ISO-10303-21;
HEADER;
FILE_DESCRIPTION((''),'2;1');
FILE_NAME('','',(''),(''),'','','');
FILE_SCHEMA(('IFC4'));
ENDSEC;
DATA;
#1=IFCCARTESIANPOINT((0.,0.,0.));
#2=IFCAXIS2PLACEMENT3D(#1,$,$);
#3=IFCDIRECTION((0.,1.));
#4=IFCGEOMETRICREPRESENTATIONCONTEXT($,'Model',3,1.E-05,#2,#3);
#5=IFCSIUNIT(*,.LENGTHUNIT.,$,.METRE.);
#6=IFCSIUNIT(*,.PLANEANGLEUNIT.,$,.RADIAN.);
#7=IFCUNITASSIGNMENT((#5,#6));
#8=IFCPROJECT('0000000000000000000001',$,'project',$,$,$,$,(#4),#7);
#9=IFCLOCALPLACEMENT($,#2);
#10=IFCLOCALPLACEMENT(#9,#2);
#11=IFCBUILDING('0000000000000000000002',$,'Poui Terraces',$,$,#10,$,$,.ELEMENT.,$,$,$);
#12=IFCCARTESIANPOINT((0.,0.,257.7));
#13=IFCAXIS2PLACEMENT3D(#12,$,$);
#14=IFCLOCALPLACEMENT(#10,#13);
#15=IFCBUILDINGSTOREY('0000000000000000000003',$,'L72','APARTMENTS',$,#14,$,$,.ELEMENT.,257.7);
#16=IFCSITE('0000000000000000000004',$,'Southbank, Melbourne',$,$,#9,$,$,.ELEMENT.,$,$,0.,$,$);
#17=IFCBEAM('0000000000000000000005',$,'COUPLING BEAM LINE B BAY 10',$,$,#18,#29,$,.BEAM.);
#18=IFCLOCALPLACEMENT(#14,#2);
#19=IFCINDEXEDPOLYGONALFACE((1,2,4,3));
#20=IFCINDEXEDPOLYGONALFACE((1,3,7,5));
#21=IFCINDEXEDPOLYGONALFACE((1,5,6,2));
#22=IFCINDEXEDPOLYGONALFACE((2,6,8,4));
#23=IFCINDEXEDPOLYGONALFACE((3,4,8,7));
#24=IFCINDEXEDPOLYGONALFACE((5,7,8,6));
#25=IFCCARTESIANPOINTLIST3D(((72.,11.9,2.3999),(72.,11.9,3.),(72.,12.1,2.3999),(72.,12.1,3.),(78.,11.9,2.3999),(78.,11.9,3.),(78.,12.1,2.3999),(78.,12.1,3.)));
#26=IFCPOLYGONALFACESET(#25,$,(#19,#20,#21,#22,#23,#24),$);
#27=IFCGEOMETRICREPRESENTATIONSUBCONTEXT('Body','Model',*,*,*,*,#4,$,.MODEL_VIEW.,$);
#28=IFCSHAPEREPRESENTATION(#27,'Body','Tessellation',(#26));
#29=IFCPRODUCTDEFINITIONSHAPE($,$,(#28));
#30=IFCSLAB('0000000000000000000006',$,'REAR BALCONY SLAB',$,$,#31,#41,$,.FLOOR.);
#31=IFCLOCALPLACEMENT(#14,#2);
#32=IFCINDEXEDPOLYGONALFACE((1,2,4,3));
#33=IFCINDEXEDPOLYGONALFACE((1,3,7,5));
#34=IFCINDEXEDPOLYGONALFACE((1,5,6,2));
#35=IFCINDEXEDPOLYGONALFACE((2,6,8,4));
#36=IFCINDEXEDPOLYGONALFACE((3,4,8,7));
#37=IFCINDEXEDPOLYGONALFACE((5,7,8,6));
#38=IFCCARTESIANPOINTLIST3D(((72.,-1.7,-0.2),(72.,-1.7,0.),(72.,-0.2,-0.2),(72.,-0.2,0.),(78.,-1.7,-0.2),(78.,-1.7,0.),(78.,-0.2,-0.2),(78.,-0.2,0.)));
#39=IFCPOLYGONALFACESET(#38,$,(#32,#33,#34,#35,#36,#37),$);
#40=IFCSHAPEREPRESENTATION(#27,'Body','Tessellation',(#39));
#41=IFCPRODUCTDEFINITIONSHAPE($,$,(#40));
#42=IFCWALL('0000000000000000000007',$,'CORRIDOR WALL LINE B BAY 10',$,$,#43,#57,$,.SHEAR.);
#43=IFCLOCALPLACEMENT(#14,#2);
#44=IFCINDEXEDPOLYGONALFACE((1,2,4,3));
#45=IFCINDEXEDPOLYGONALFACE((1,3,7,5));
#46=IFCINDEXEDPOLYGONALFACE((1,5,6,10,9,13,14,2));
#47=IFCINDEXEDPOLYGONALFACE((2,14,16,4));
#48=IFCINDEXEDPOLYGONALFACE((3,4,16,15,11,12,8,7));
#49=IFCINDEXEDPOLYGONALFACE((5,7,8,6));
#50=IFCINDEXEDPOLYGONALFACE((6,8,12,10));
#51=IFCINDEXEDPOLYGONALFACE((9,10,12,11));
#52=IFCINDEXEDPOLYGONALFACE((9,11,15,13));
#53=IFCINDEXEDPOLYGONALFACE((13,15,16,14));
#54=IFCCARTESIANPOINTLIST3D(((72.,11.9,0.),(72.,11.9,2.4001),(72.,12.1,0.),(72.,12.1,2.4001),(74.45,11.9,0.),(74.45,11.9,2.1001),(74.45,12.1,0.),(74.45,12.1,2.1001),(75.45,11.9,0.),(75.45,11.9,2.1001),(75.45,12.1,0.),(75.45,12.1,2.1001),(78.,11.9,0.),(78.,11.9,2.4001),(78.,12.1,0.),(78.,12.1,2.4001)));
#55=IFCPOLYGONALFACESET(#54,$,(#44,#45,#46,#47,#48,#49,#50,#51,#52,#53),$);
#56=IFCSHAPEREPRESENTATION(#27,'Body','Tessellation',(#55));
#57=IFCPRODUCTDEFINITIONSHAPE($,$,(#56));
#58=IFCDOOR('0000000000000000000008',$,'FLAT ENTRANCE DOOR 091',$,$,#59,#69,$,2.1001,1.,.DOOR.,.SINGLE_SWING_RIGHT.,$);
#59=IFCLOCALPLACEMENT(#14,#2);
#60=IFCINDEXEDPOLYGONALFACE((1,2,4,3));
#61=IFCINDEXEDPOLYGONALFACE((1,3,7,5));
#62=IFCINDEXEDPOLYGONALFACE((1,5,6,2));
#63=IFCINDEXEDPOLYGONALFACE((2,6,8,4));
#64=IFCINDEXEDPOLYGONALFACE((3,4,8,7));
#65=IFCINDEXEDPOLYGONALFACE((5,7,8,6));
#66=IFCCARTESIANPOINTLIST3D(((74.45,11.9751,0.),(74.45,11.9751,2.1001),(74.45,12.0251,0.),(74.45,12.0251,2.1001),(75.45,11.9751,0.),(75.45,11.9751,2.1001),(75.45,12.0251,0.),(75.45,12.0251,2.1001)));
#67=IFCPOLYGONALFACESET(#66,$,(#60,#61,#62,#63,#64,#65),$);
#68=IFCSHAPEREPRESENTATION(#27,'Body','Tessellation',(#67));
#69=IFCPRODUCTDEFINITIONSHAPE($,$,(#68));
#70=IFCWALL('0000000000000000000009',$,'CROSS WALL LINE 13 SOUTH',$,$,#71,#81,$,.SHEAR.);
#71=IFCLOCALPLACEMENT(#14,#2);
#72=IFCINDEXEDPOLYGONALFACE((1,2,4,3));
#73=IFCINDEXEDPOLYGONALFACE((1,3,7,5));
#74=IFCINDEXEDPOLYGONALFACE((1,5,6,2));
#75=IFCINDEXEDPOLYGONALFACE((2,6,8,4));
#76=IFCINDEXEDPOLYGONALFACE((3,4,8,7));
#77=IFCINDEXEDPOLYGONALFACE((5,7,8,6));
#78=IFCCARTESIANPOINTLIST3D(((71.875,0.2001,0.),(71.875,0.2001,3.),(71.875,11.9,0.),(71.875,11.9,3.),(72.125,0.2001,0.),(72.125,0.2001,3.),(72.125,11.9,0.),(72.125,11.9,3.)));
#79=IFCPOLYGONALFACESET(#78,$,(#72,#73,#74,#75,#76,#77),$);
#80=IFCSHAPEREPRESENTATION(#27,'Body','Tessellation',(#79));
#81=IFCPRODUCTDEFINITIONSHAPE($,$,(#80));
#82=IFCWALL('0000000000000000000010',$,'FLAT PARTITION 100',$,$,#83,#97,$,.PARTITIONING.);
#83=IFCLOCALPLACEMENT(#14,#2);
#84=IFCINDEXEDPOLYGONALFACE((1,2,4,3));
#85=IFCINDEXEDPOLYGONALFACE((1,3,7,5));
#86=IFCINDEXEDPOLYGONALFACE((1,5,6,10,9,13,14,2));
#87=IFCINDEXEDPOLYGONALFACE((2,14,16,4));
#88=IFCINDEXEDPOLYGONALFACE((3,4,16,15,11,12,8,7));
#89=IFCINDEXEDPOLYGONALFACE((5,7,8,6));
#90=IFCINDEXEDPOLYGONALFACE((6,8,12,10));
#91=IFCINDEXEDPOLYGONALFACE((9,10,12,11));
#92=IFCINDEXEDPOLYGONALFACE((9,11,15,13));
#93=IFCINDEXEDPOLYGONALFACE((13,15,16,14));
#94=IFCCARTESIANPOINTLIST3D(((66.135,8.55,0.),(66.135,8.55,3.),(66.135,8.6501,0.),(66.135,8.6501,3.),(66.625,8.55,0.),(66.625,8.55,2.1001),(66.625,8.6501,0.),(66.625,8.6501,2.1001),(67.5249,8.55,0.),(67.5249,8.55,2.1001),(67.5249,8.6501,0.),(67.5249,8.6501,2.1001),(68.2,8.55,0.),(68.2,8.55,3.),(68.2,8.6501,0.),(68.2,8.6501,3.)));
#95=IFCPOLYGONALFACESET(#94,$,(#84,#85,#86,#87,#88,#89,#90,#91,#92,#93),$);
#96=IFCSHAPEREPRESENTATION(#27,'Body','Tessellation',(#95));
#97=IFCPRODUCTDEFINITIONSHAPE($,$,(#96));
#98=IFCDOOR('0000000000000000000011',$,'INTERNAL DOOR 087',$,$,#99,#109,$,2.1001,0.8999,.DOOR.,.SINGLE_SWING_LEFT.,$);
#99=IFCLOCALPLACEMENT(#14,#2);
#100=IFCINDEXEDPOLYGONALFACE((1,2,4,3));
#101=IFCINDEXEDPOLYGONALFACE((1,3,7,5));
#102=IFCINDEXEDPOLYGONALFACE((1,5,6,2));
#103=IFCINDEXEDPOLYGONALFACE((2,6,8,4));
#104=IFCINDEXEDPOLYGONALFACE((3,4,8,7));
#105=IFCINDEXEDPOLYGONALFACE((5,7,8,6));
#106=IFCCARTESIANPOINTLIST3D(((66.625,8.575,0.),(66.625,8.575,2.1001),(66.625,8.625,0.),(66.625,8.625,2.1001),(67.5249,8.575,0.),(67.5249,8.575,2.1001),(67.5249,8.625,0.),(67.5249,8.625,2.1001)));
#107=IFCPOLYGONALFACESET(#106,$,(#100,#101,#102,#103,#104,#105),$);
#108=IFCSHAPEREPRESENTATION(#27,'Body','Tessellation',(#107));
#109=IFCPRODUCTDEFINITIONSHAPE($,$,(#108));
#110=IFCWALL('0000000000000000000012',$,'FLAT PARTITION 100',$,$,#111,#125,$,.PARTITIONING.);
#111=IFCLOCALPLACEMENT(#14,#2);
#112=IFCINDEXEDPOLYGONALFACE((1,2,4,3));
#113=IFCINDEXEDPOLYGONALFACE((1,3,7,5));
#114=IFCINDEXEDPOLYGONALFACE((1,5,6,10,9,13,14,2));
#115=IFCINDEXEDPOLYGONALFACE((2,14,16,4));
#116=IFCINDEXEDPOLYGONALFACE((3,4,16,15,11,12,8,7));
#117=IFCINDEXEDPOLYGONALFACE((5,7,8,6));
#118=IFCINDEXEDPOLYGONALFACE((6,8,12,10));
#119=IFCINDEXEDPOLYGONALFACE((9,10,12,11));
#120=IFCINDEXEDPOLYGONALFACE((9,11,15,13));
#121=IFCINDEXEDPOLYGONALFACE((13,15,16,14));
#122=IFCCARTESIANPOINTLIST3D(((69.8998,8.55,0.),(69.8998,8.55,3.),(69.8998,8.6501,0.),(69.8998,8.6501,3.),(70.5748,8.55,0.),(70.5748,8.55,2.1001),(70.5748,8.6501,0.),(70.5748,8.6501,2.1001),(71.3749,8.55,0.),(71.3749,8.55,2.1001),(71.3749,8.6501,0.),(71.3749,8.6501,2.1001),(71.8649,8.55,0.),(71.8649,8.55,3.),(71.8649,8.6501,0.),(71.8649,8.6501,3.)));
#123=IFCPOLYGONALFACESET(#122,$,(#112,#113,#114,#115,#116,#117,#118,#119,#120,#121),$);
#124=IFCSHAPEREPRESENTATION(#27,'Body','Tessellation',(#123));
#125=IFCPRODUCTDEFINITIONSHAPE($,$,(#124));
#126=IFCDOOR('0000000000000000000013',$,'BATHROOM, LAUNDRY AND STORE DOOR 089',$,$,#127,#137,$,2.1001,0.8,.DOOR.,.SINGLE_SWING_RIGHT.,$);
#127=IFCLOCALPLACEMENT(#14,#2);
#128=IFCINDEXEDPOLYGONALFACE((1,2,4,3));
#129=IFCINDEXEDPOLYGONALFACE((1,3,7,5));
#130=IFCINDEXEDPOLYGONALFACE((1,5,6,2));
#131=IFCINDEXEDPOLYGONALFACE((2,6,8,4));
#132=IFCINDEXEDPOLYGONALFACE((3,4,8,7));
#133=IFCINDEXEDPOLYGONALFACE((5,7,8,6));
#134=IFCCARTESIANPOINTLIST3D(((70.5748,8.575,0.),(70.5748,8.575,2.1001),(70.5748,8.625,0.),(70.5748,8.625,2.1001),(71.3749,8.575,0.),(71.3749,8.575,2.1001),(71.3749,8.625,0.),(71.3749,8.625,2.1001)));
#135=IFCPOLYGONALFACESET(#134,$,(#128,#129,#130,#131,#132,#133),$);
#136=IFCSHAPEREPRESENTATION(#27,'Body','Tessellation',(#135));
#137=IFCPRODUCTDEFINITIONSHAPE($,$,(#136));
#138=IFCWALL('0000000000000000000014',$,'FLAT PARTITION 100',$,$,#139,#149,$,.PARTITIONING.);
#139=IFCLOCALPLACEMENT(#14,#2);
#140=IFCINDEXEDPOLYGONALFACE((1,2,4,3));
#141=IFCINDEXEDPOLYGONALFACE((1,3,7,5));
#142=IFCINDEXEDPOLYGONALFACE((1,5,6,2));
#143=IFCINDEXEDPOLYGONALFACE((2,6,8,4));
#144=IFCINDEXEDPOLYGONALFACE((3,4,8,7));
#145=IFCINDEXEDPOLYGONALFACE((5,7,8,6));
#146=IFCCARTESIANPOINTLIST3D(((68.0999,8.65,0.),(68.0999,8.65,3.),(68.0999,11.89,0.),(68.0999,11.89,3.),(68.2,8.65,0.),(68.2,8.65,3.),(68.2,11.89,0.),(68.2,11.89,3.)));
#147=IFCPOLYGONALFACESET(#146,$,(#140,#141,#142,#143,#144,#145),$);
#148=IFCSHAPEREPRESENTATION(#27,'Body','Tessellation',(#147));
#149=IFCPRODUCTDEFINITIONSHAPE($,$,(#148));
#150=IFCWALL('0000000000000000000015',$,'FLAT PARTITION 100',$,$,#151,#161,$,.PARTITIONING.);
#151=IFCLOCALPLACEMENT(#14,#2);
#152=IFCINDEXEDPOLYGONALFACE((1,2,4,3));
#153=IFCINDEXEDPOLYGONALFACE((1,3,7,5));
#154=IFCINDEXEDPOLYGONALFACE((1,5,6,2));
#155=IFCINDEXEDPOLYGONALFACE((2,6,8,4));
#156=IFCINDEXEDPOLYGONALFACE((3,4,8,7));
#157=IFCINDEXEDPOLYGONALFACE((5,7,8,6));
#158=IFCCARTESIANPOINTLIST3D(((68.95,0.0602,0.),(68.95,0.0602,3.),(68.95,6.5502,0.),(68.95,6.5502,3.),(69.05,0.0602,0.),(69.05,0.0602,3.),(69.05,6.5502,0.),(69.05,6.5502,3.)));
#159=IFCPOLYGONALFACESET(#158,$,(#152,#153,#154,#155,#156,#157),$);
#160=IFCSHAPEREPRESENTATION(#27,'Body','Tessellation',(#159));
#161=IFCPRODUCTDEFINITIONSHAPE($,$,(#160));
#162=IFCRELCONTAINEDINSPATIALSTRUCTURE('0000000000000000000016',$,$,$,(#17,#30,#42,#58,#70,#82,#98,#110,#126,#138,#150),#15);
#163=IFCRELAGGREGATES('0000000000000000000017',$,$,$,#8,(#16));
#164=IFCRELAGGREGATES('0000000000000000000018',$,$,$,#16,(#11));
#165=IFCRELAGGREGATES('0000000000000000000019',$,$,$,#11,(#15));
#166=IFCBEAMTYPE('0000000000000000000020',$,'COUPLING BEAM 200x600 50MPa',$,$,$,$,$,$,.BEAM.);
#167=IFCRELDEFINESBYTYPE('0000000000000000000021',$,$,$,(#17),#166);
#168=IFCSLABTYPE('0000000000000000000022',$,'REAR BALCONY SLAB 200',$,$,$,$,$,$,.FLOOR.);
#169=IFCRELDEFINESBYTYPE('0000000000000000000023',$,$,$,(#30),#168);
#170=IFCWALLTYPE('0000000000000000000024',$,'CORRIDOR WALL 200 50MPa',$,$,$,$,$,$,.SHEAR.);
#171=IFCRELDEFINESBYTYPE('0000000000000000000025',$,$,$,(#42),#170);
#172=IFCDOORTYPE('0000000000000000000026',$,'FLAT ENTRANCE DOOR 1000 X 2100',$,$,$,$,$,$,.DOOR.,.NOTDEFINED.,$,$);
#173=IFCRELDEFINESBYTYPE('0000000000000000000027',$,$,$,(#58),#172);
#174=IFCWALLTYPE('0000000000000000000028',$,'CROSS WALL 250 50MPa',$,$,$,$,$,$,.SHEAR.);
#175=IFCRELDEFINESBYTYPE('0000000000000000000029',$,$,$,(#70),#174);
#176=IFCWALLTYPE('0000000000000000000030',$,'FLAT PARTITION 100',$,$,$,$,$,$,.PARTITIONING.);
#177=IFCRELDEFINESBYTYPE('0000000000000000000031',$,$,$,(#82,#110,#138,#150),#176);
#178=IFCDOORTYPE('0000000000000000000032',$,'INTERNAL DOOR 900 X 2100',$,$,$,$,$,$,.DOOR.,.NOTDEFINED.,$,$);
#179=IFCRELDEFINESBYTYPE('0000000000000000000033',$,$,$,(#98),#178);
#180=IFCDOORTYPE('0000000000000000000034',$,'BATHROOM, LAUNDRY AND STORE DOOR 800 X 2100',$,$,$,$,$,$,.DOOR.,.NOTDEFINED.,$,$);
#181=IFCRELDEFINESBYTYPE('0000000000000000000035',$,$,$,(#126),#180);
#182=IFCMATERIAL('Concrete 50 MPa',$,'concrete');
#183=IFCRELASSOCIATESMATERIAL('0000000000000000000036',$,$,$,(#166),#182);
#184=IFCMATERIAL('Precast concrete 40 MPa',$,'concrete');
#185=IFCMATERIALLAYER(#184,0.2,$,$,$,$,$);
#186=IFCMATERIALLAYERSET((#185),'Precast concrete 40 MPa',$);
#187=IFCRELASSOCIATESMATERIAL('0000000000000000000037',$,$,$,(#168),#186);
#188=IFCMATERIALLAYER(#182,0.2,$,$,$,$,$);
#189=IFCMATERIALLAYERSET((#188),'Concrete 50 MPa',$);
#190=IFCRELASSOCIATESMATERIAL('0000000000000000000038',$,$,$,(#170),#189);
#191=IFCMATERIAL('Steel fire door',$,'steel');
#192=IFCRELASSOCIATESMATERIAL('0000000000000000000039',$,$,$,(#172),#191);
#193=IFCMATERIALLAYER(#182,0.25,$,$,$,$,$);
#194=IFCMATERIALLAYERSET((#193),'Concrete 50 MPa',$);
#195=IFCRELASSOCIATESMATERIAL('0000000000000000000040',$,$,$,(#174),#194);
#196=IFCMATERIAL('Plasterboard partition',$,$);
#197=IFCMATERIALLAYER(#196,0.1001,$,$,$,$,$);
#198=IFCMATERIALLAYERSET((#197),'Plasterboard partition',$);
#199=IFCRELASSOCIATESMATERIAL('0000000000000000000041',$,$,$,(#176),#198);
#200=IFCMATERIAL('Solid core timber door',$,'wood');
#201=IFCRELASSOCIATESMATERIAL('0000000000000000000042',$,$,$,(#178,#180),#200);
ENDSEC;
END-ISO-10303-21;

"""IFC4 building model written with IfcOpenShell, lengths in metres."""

from ifc_helpers import new_model, si_unit, direction, frame, frame_2d, origin, origin_2d, place, context, subcontext, project, spatial, polyline, rectangle, outline, extrude, source, transform, mapped, material, layer, layer_set, material_profile, profile_set, type_object, element, fill, save


model = new_model("IFC4")

# Units and contexts
model_context = context("Model", 3, precision=1e-05, world=origin(), true_north=direction((0.0, 1.0)))
body_context = subcontext(model_context, "Body", "Model", "MODEL_VIEW")
ifc_project = project(units=[si_unit("LENGTHUNIT", "METRE"), si_unit("PLANEANGLEUNIT", "RADIAN")], contexts=[model_context])

# Site, building, storey
site_placement = place(None, origin())
site = spatial("IfcSite", under=ifc_project, at=site_placement, Name="Southbank, Melbourne", CompositionType="ELEMENT", RefElevation=0.0)
building_placement = place(site_placement, origin())
building = spatial("IfcBuilding", under=site, at=building_placement, Name="Poui Terraces", CompositionType="ELEMENT")
storey_placement = place(building_placement, frame((0.0, 0.0, 257.7)))
storey = spatial("IfcBuildingStorey", under=building, at=storey_placement, Name="L72", Description="APARTMENTS", CompositionType="ELEMENT", Elevation=257.7)

# Beam
ifc_material_1 = material(Name="Concrete 50 MPa", Category="concrete")
ifc_material_profile = material_profile(ifc_material_1, rectangle(XDim=0.2, YDim=0.6001, at=origin_2d()), Name="RC 200x600")
ifc_profile_set = profile_set([ifc_material_profile], Name="Concrete 50 MPa")
beam_type = type_object("IfcBeamType", Name="COUPLING BEAM 200x600 50MPa", PredefinedType="BEAM", material=ifc_profile_set)
shared_shape_1 = source(origin(), body_context, "Body", "SweptSolid", [
    extrude(rectangle(XDim=0.2, YDim=0.6001, at=origin_2d()), origin(), (0.0, 0.0, 1.0), 6.0),
])
beam_placement = place(storey_placement, frame((72.0, 12.0, 2.7), z_axis=(1.0, 0.0, 0.0), x_axis=(0.0, 1.0, 0.0)))
element("IfcBeam", 1, at=beam_placement, inside=storey, type_object=beam_type, Name="COUPLING BEAM LINE B BAY 10", PredefinedType="BEAM", context=body_context, shape_type="MappedRepresentation", body=[
    mapped(shared_shape_1, transform((0.0, 0.0, 0.0))),
])

# Slab
ifc_material_2 = material(Name="Precast concrete 40 MPa", Category="concrete")
ifc_layer_1 = layer(ifc_material_2, 0.2)
ifc_layer_set_1 = layer_set([ifc_layer_1], Name="Precast concrete 40 MPa")
slab_type = type_object("IfcSlabType", Name="REAR BALCONY SLAB 200", PredefinedType="FLOOR", material=ifc_layer_set_1)
shared_shape_2 = source(origin(), body_context, "Body", "SweptSolid", [
    extrude(outline(polyline([(0.0, 0.0), (6.0, 0.0), (6.0, 1.5), (0.0, 1.5), (0.0, 0.0)])), origin(), (0.0, 0.0, 1.0), 0.2),
])
slab_placement = place(storey_placement, frame((72.0, -1.7, -0.2)))
element("IfcSlab", 2, at=slab_placement, inside=storey, type_object=slab_type, Name="REAR BALCONY SLAB", PredefinedType="FLOOR", context=body_context, shape_type="MappedRepresentation", body=[
    mapped(shared_shape_2, transform((0.0, 0.0, 0.0))),
])

# Wall, opening, door
ifc_layer_2 = layer(ifc_material_1, 0.2)
ifc_layer_set_2 = layer_set([ifc_layer_2], Name="Concrete 50 MPa")
wall_type_1 = type_object("IfcWallType", Name="CORRIDOR WALL 200 50MPa", PredefinedType="SHEAR", material=ifc_layer_set_2)
wall_1_placement = place(storey_placement, frame((72.0, 12.0, 0.0), z_axis=(0.0, 0.0, 1.0), x_axis=(1.0, 0.0, 0.0)))
wall_1 = element("IfcWall", 3, at=wall_1_placement, inside=storey, type_object=wall_type_1, Name="CORRIDOR WALL LINE B BAY 10", PredefinedType="SHEAR", context=body_context, shape_type="SweptSolid", body=[
    extrude(rectangle(XDim=6.0, YDim=0.2, at=frame_2d((3.0, 0.0))), origin(), (0.0, 0.0, 1.0), 2.4001),
])
opening_1_placement = place(wall_1_placement, frame((2.45, 0.0, 0.0)))
opening_1 = element("IfcOpeningElement", 4, at=opening_1_placement, cuts=wall_1, PredefinedType="OPENING", context=body_context, shape_type="SweptSolid", body=[
    extrude(rectangle(XDim=1.0, YDim=2.1001, at=frame_2d((0.5, 1.05))), frame((0.0, 0.1099, 0.0), z_axis=(0.0, -1.0, 0.0), x_axis=(1.0, 0.0, 0.0)), (0.0, 0.0, 1.0), 0.22),
])
ifc_material_3 = material(Name="Steel fire door", Category="steel")
door_type_1 = type_object("IfcDoorType", Name="FLAT ENTRANCE DOOR 1000 X 2100", OperationType="NOTDEFINED", PredefinedType="DOOR", material=ifc_material_3)
door_1_placement = place(opening_1_placement, frame((1.0, 0.0, 0.0), z_axis=(0.0, 0.0, 1.0), x_axis=(-1.0, 0.0, 0.0)))
door_1 = element("IfcDoor", 5, at=door_1_placement, inside=storey, type_object=door_type_1, Name="FLAT ENTRANCE DOOR 091", OperationType="SINGLE_SWING_RIGHT", OverallHeight=2.1001, OverallWidth=1.0, PredefinedType="DOOR", context=body_context, shape_type="SweptSolid", body=[
    extrude(rectangle(XDim=1.0, YDim=2.1001, at=frame_2d((0.5, 1.05))), frame((0.0, 0.0249, 0.0), z_axis=(0.0, -1.0, 0.0), x_axis=(1.0, 0.0, 0.0)), (0.0, 0.0, 1.0), 0.05),
])
fill(opening_1, door_1)

# Wall
ifc_layer_3 = layer(ifc_material_1, 0.25)
ifc_layer_set_3 = layer_set([ifc_layer_3], Name="Concrete 50 MPa")
wall_type_2 = type_object("IfcWallType", Name="CROSS WALL 250 50MPa", PredefinedType="SHEAR", material=ifc_layer_set_3)
wall_2_placement = place(storey_placement, frame((72.0, 0.2, 0.0), z_axis=(0.0, 0.0, 1.0), x_axis=(0.0, 1.0, 0.0)))
element("IfcWall", 6, at=wall_2_placement, inside=storey, type_object=wall_type_2, Name="CROSS WALL LINE 13 SOUTH", PredefinedType="SHEAR", context=body_context, shape_type="SweptSolid", body=[
    extrude(rectangle(XDim=11.7, YDim=0.25, at=frame_2d((5.8501, 0.0))), origin(), (0.0, 0.0, 1.0), 3.0),
])

# Walls, openings, doors
ifc_material_4 = material(Name="Plasterboard partition")
ifc_layer_4 = layer(ifc_material_4, 0.1001)
ifc_layer_set_4 = layer_set([ifc_layer_4], Name="Plasterboard partition")
wall_type_3 = type_object("IfcWallType", Name="FLAT PARTITION 100", PredefinedType="PARTITIONING", material=ifc_layer_set_4)
wall_3_placement = place(storey_placement, frame((66.135, 8.6001, 0.0), z_axis=(0.0, 0.0, 1.0), x_axis=(1.0, 0.0, 0.0)))
wall_3 = element("IfcWall", 7, at=wall_3_placement, inside=storey, type_object=wall_type_3, Name="FLAT PARTITION 100", PredefinedType="PARTITIONING", context=body_context, shape_type="SweptSolid", body=[
    extrude(rectangle(XDim=2.0649, YDim=0.1001, at=frame_2d((1.0325, 0.0))), origin(), (0.0, 0.0, 1.0), 3.0),
])
opening_2_placement = place(wall_3_placement, frame((0.49, 0.0, 0.0)))
opening_2 = element("IfcOpeningElement", 8, at=opening_2_placement, cuts=wall_3, PredefinedType="OPENING", context=body_context, shape_type="SweptSolid", body=[
    extrude(rectangle(XDim=0.8999, YDim=2.1001, at=frame_2d((0.45, 1.05))), frame((0.0, 0.0601, 0.0), z_axis=(0.0, -1.0, 0.0), x_axis=(1.0, 0.0, 0.0)), (0.0, 0.0, 1.0), 0.1201),
])
ifc_material_5 = material(Name="Solid core timber door", Category="wood")
door_type_2 = type_object("IfcDoorType", Name="INTERNAL DOOR 900 X 2100", OperationType="NOTDEFINED", PredefinedType="DOOR", material=ifc_material_5)
door_2_placement = place(opening_2_placement, origin())
door_2 = element("IfcDoor", 9, at=door_2_placement, inside=storey, type_object=door_type_2, Name="INTERNAL DOOR 087", OperationType="SINGLE_SWING_LEFT", OverallHeight=2.1001, OverallWidth=0.8999, PredefinedType="DOOR", context=body_context, shape_type="SweptSolid", body=[
    extrude(rectangle(XDim=0.8999, YDim=2.1001, at=frame_2d((0.45, 1.05))), frame((0.0, 0.0249, 0.0), z_axis=(0.0, -1.0, 0.0), x_axis=(1.0, 0.0, 0.0)), (0.0, 0.0, 1.0), 0.05),
])
fill(opening_2, door_2)
wall_4_placement = place(storey_placement, frame((69.8999, 8.6001, 0.0), z_axis=(0.0, 0.0, 1.0), x_axis=(1.0, 0.0, 0.0)))
wall_4 = element("IfcWall", 10, at=wall_4_placement, inside=storey, type_object=wall_type_3, Name="FLAT PARTITION 100", PredefinedType="PARTITIONING", context=body_context, shape_type="SweptSolid", body=[
    extrude(rectangle(XDim=1.9651, YDim=0.1001, at=frame_2d((0.9824, 0.0))), origin(), (0.0, 0.0, 1.0), 3.0),
])
opening_3_placement = place(wall_4_placement, frame((0.675, 0.0, 0.0)))
opening_3 = element("IfcOpeningElement", 11, at=opening_3_placement, cuts=wall_4, PredefinedType="OPENING", context=body_context, shape_type="SweptSolid", body=[
    extrude(rectangle(XDim=0.8, YDim=2.1001, at=frame_2d((0.3999, 1.05))), frame((0.0, 0.0601, 0.0), z_axis=(0.0, -1.0, 0.0), x_axis=(1.0, 0.0, 0.0)), (0.0, 0.0, 1.0), 0.1201),
])
door_type_3 = type_object("IfcDoorType", Name="BATHROOM, LAUNDRY AND STORE DOOR 800 X 2100", OperationType="NOTDEFINED", PredefinedType="DOOR", material=ifc_material_5)
door_3_placement = place(opening_3_placement, origin())
door_3 = element("IfcDoor", 12, at=door_3_placement, inside=storey, type_object=door_type_3, Name="BATHROOM, LAUNDRY AND STORE DOOR 089", OperationType="SINGLE_SWING_RIGHT", OverallHeight=2.1001, OverallWidth=0.8, PredefinedType="DOOR", context=body_context, shape_type="SweptSolid", body=[
    extrude(rectangle(XDim=0.8, YDim=2.1001, at=frame_2d((0.3999, 1.05))), frame((0.0, 0.0249, 0.0), z_axis=(0.0, -1.0, 0.0), x_axis=(1.0, 0.0, 0.0)), (0.0, 0.0, 1.0), 0.05),
])
fill(opening_3, door_3)

# Walls
wall_5_placement = place(storey_placement, frame((68.1499, 8.6499, 0.0), z_axis=(0.0, 0.0, 1.0), x_axis=(0.0, 1.0, 0.0)))
element("IfcWall", 13, at=wall_5_placement, inside=storey, type_object=wall_type_3, Name="FLAT PARTITION 100", PredefinedType="PARTITIONING", context=body_context, shape_type="SweptSolid", body=[
    extrude(rectangle(XDim=3.24, YDim=0.1001, at=frame_2d((1.6201, 0.0))), origin(), (0.0, 0.0, 1.0), 3.0),
])
wall_6_placement = place(storey_placement, frame((69.0, 0.0601, 0.0), z_axis=(0.0, 0.0, 1.0), x_axis=(0.0, 1.0, 0.0)))
element("IfcWall", 14, at=wall_6_placement, inside=storey, type_object=wall_type_3, Name="FLAT PARTITION 100", PredefinedType="PARTITIONING", context=body_context, shape_type="SweptSolid", body=[
    extrude(rectangle(XDim=6.49, YDim=0.1001, at=frame_2d((3.2451, 0.0))), origin(), (0.0, 0.0, 1.0), 3.0),
])

save(model, "model.ifc")
